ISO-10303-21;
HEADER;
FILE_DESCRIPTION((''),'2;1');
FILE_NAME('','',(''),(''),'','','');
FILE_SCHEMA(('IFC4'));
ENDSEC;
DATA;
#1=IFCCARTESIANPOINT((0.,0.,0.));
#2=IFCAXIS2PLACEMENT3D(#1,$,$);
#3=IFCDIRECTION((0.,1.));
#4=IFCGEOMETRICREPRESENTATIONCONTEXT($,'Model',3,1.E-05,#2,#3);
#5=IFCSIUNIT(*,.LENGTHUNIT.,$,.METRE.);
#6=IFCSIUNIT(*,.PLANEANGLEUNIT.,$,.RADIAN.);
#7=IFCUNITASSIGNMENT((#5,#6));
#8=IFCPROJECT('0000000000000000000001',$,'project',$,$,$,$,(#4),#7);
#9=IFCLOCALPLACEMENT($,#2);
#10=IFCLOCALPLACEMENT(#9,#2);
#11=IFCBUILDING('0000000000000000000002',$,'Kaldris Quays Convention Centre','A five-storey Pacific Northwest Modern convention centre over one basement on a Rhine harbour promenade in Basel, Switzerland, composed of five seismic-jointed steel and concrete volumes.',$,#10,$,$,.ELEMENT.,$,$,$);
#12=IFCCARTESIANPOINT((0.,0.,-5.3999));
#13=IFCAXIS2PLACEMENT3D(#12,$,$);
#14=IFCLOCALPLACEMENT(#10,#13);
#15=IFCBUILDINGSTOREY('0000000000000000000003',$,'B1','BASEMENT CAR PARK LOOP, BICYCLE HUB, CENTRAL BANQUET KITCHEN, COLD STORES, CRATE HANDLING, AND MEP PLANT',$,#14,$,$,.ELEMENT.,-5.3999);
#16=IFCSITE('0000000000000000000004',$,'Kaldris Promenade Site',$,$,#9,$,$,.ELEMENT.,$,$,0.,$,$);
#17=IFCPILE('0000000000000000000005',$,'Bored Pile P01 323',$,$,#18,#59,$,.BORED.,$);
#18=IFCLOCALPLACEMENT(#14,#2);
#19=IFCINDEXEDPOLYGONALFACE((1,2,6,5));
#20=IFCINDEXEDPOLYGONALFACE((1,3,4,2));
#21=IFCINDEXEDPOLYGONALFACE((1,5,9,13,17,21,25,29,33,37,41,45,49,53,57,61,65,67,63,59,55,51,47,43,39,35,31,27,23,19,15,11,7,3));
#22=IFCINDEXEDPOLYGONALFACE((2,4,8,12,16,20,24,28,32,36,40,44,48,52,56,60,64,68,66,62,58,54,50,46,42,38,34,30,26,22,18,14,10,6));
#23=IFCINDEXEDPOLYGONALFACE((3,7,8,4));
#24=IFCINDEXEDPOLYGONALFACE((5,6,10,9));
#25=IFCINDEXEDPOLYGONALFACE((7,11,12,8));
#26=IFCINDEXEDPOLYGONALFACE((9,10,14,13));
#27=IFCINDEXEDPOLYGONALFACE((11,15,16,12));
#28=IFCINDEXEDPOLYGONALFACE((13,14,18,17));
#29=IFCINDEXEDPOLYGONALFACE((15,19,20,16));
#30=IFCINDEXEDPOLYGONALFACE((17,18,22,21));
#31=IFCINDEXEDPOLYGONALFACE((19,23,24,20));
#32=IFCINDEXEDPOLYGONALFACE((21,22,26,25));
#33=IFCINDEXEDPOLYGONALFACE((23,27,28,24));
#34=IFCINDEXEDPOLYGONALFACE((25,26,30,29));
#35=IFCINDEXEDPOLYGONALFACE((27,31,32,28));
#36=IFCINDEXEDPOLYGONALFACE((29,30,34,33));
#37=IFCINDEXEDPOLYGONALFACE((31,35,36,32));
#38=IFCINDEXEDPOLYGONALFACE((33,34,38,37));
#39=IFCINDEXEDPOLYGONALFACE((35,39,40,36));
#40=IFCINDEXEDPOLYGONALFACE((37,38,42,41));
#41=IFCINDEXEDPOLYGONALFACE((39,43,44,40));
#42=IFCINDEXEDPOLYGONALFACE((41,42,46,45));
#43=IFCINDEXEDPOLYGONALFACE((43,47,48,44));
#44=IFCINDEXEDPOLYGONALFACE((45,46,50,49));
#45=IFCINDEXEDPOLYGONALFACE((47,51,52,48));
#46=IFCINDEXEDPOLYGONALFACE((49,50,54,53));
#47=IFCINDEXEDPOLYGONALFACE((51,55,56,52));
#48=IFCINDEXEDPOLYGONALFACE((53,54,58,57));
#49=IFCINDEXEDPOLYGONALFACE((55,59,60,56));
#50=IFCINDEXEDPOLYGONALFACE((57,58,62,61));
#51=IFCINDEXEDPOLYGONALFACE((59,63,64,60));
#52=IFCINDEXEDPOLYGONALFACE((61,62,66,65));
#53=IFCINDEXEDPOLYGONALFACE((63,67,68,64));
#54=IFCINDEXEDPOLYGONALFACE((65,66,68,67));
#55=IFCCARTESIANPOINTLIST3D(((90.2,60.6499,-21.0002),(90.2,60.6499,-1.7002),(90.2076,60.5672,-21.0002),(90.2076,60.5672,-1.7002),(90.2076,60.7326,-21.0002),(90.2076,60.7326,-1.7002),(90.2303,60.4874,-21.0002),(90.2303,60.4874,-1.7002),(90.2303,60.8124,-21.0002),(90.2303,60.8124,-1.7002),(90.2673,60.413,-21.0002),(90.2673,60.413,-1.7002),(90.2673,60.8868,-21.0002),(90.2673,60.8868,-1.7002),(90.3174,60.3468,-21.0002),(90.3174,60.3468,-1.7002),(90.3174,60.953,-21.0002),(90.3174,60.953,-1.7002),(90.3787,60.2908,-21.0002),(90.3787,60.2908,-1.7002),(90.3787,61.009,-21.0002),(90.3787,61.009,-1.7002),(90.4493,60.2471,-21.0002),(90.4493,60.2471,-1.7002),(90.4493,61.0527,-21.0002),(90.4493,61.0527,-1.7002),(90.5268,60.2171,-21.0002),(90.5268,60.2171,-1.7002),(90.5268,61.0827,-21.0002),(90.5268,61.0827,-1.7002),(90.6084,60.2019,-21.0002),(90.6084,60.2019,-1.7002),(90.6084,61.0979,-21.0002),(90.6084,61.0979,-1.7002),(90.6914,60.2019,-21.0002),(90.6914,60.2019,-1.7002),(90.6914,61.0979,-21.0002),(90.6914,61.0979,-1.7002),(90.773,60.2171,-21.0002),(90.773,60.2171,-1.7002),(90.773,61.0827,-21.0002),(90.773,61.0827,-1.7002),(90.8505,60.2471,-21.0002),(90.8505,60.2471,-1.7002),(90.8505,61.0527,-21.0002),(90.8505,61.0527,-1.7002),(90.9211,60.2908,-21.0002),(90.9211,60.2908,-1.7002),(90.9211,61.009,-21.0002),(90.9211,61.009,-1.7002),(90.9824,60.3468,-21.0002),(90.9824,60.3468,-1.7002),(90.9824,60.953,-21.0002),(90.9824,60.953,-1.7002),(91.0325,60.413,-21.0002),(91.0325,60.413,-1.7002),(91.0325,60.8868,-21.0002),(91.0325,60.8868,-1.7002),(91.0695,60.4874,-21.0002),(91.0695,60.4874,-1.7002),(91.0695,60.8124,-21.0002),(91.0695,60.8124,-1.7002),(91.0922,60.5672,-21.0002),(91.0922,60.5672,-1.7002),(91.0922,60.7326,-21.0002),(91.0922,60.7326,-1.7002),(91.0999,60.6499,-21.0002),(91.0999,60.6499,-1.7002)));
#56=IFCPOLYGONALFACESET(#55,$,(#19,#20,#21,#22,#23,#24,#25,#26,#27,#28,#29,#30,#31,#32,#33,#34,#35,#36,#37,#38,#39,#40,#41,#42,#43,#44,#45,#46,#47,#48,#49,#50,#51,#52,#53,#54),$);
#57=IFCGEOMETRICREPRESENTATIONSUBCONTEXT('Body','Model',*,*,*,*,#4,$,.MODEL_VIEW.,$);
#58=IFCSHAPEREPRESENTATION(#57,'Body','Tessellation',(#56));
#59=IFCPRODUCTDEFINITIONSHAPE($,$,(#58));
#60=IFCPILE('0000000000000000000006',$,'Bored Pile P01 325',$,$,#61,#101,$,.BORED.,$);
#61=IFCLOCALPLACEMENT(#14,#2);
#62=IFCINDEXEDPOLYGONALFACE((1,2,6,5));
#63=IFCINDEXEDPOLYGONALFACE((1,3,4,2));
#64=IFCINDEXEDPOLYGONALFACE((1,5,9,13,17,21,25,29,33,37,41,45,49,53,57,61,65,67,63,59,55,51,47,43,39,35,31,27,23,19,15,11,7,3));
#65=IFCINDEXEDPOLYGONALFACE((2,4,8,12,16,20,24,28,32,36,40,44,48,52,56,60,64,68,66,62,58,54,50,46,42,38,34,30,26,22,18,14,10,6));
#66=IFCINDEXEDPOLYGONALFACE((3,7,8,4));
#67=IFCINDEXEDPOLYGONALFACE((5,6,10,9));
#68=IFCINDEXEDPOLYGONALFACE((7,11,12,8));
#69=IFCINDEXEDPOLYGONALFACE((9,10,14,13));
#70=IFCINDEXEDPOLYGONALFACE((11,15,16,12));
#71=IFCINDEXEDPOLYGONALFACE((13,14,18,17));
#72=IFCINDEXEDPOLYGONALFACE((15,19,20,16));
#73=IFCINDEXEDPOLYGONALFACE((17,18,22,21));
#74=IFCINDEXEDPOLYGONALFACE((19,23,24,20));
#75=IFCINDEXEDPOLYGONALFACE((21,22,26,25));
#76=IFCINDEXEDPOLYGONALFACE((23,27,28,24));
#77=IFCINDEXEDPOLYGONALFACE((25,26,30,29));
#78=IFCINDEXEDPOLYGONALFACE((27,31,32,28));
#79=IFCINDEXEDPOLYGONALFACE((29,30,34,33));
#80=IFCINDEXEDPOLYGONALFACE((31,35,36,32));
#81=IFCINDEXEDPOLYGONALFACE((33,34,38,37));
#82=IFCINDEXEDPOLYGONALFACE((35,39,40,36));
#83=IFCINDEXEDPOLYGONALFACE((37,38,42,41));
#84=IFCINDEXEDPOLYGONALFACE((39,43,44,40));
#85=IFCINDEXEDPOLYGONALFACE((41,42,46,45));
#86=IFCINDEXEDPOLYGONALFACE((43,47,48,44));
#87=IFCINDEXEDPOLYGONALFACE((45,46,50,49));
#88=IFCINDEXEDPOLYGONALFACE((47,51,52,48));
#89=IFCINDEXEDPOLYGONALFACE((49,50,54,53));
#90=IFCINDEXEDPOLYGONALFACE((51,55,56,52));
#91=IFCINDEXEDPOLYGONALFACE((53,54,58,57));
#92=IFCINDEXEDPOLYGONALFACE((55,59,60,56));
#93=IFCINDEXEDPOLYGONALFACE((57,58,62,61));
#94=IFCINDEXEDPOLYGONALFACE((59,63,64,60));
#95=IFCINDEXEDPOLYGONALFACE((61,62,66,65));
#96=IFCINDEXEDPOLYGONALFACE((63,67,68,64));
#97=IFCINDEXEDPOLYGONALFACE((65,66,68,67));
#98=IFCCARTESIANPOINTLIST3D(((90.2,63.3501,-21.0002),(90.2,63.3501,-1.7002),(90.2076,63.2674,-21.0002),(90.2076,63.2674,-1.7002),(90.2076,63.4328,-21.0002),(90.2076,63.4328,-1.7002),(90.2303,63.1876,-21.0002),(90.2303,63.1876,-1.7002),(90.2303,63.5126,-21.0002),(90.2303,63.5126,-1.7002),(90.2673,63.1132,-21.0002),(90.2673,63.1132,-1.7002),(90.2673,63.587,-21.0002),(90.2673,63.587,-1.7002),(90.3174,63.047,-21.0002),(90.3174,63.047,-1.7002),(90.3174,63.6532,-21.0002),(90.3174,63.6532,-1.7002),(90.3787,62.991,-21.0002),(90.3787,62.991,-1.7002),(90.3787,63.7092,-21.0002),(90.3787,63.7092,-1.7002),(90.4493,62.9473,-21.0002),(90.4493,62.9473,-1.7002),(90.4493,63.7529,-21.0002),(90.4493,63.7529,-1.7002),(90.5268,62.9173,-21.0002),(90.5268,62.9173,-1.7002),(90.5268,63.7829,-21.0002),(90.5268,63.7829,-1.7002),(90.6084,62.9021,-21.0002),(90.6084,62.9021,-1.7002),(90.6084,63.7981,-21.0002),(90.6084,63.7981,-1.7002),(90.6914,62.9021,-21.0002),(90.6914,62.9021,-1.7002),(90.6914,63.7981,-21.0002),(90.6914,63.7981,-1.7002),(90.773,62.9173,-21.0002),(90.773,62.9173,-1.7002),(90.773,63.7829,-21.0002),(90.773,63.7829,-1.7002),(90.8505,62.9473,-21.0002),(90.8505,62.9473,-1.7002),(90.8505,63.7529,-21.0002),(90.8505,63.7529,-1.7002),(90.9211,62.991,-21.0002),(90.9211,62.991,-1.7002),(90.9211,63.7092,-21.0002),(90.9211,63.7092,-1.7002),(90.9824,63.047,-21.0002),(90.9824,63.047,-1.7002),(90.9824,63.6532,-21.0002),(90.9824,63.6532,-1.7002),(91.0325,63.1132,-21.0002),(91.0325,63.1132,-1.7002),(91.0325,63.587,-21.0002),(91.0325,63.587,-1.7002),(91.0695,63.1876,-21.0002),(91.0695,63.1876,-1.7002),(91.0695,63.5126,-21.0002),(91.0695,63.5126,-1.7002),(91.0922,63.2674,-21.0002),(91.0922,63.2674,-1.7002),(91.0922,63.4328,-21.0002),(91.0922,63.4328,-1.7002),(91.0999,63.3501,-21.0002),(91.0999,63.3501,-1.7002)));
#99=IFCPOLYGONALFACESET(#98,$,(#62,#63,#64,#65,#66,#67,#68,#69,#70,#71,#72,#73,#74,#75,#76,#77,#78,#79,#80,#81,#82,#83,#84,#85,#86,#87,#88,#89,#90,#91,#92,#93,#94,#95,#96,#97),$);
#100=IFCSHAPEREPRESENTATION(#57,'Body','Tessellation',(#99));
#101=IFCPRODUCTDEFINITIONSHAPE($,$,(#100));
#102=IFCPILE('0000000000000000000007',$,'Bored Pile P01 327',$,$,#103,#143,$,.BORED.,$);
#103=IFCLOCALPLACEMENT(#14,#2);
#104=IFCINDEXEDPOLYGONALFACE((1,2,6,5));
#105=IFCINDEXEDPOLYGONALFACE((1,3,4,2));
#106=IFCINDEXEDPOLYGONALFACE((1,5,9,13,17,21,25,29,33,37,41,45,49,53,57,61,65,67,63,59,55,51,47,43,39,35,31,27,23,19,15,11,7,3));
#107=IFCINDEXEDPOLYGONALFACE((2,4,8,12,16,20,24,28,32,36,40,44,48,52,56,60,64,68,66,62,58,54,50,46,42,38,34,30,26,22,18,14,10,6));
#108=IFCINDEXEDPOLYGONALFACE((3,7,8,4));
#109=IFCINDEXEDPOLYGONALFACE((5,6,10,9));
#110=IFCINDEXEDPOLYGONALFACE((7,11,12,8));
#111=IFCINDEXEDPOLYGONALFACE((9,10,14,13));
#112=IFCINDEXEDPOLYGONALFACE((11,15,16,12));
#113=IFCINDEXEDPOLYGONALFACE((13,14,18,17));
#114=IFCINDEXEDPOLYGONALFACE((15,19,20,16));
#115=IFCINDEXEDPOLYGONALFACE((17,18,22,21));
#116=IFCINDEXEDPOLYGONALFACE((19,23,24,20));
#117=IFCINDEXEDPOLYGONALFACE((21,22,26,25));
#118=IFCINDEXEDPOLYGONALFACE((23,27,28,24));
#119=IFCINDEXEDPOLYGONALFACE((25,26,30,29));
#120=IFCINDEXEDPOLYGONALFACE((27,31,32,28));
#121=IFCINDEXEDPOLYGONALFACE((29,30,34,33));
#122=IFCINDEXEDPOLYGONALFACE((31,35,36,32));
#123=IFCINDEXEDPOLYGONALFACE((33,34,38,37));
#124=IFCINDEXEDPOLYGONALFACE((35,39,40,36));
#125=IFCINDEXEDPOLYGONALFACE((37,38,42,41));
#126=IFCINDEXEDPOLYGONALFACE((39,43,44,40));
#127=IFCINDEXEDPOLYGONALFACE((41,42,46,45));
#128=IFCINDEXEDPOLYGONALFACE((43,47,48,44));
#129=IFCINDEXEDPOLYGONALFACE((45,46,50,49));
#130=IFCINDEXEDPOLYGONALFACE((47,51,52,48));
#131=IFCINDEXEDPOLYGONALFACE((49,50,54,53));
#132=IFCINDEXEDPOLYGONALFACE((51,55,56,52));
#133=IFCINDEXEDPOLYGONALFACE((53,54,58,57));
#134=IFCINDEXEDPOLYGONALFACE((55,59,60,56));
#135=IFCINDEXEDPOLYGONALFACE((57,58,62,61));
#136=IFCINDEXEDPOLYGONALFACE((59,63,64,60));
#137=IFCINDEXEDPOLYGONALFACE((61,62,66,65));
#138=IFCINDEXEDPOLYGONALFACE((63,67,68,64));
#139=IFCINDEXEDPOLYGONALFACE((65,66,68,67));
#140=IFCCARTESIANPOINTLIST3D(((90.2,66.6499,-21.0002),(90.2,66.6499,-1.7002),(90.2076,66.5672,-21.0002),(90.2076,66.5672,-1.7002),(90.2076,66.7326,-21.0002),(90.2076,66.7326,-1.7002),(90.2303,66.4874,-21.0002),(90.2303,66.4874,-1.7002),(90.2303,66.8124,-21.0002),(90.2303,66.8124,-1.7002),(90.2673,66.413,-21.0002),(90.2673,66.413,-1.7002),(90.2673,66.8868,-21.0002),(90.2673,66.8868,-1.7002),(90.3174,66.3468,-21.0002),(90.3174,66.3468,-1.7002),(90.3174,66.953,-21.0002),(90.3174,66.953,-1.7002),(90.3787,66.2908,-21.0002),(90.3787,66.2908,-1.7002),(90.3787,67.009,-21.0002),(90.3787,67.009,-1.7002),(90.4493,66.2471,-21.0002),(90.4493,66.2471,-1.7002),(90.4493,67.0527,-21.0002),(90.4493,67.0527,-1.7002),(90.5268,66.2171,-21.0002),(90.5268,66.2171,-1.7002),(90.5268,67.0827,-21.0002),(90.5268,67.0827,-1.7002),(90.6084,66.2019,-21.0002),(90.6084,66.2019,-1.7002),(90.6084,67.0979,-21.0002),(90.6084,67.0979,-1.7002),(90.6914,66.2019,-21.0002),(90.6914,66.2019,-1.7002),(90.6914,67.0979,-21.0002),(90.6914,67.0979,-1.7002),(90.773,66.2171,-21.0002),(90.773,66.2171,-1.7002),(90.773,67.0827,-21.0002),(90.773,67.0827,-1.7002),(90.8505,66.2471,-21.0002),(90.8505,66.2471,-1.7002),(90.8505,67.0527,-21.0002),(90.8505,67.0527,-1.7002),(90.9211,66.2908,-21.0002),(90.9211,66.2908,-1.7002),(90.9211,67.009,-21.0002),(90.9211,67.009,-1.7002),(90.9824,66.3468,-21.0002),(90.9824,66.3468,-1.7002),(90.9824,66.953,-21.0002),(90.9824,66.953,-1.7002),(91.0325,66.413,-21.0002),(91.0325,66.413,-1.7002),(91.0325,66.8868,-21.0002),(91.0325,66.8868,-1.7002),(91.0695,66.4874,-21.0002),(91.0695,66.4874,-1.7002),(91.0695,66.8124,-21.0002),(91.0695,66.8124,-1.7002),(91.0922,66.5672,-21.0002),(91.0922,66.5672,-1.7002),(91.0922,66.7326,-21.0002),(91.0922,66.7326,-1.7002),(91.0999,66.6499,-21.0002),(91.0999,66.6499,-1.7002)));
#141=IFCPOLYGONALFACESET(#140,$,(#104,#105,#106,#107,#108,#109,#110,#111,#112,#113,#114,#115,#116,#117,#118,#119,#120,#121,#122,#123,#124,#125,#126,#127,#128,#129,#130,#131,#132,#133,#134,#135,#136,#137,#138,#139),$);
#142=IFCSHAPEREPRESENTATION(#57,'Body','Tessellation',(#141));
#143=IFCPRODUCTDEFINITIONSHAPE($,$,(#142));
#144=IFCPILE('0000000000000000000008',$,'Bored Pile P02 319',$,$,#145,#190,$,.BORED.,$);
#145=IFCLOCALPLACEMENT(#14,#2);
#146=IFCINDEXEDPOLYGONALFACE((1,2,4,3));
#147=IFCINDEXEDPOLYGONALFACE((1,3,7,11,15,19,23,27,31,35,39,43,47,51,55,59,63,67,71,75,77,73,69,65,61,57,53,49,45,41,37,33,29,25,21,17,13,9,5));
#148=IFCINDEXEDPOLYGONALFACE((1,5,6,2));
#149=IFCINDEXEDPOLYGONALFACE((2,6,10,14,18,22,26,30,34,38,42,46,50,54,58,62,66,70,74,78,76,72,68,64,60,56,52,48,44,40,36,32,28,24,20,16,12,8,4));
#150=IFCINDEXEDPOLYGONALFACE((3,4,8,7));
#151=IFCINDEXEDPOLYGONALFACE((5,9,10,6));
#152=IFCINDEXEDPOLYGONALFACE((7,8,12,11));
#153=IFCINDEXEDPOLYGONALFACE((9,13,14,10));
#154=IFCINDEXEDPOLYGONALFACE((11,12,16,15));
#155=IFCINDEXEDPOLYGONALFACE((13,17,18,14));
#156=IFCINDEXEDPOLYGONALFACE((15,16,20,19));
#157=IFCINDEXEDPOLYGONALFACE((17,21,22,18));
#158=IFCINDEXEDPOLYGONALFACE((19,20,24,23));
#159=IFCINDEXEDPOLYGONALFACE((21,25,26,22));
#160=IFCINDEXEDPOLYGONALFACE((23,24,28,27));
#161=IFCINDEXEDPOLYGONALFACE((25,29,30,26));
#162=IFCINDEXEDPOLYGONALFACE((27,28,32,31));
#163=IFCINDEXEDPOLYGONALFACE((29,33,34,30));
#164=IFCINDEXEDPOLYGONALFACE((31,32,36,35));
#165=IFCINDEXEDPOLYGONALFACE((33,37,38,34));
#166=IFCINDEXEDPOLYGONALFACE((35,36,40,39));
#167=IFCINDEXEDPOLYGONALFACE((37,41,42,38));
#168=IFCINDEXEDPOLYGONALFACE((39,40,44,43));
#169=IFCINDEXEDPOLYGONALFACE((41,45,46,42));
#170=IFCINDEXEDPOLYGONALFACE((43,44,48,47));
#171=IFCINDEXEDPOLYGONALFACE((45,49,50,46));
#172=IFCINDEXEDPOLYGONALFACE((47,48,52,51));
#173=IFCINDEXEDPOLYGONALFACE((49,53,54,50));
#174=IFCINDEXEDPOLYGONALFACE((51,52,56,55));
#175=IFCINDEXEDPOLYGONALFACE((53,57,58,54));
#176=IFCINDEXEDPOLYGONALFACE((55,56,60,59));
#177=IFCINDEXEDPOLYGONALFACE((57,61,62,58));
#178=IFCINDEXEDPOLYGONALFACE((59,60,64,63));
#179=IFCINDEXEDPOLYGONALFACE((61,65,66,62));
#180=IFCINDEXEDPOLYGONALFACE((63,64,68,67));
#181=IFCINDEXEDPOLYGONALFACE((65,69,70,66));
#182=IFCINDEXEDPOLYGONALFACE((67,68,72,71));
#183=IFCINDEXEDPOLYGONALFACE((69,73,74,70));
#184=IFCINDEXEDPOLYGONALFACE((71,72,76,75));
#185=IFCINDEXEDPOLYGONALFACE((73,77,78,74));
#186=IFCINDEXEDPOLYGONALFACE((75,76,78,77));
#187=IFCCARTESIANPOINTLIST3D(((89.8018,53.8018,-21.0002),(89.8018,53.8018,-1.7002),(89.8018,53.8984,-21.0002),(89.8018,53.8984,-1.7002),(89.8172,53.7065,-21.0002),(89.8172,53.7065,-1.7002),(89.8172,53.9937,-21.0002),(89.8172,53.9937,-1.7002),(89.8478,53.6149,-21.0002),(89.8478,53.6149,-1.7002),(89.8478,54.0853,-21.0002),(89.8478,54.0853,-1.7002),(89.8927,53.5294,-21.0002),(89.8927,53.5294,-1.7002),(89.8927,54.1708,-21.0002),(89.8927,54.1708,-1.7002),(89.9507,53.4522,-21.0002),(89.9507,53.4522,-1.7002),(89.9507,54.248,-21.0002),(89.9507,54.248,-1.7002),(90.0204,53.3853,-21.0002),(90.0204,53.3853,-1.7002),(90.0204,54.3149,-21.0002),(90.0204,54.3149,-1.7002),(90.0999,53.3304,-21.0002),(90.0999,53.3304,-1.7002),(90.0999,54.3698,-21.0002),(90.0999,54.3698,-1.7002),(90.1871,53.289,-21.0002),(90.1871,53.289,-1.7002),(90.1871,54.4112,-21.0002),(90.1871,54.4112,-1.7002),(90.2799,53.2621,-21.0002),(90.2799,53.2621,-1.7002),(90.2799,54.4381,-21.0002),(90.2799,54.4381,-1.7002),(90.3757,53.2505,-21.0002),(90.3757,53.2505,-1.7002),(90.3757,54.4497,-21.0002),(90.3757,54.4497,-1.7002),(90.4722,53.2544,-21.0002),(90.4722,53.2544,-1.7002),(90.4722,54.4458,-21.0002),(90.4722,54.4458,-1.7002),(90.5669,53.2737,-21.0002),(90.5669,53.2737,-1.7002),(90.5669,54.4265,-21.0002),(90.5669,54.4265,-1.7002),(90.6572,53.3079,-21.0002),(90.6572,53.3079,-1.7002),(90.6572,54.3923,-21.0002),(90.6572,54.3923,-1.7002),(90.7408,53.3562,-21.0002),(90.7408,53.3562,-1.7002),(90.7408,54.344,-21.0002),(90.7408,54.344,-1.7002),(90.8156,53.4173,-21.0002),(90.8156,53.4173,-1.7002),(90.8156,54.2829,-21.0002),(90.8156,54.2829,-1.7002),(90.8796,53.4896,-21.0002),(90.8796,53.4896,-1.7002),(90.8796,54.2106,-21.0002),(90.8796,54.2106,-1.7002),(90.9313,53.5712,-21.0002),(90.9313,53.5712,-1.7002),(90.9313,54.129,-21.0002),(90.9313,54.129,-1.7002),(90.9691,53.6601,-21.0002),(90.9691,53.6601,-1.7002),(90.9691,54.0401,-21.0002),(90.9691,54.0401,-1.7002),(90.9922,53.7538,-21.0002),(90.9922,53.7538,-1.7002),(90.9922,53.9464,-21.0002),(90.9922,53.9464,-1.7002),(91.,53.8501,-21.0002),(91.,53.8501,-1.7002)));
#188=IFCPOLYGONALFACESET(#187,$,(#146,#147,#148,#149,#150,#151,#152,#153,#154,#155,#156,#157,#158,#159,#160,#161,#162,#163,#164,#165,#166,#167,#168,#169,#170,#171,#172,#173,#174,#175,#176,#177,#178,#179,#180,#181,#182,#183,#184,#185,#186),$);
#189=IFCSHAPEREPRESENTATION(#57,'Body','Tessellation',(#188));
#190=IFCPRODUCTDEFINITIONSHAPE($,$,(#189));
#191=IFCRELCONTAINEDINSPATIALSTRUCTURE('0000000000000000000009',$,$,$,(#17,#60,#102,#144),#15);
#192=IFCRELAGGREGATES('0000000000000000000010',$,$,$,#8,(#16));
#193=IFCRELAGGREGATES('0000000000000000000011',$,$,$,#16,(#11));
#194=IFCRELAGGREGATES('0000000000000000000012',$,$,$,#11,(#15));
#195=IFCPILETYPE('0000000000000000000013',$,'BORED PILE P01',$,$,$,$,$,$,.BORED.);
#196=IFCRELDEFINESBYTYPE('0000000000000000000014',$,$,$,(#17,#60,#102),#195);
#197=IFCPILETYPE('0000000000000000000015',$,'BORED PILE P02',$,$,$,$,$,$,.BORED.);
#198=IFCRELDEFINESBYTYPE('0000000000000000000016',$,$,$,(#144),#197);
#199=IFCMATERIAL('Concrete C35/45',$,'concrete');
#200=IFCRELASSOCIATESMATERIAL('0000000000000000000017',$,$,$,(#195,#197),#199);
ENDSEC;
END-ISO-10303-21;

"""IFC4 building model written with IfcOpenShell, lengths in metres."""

from ifc_helpers import new_model, si_unit, direction, frame, origin, origin_2d, place, context, subcontext, project, spatial, circle, extrude, material, material_profile, profile_set, type_object, element, save


model = new_model("IFC4")

# Units and contexts
model_context = context("Model", 3, precision=1e-05, world=origin(), true_north=direction((0.0, 1.0)))
body_context = subcontext(model_context, "Body", "Model", "MODEL_VIEW")
ifc_project = project(units=[si_unit("LENGTHUNIT", "METRE"), si_unit("PLANEANGLEUNIT", "RADIAN")], contexts=[model_context])

# Site, building, storey
site_placement = place(None, origin())
site = spatial("IfcSite", under=ifc_project, at=site_placement, Name="Kaldris Promenade Site", CompositionType="ELEMENT", RefElevation=0.0)
building_placement = place(site_placement, origin())
building = spatial("IfcBuilding", under=site, at=building_placement, Name="Kaldris Quays Convention Centre", Description="A five-storey Pacific Northwest Modern convention centre over one basement on a Rhine harbour promenade in Basel, Switzerland, composed of five seismic-jointed steel and concrete volumes.", CompositionType="ELEMENT")
storey_placement = place(building_placement, frame((0.0, 0.0, -5.3999)))
storey = spatial("IfcBuildingStorey", under=building, at=storey_placement, Name="B1", Description="BASEMENT CAR PARK LOOP, BICYCLE HUB, CENTRAL BANQUET KITCHEN, COLD STORES, CRATE HANDLING, AND MEP PLANT", CompositionType="ELEMENT", Elevation=-5.3999)

# Piles
ifc_material_1 = material(Name="Concrete C35/45", Category="concrete")
ifc_material_profile_1 = material_profile(ifc_material_1, circle(Radius=0.45, at=origin_2d()), Name="BORED PILE D900")
ifc_profile_set_1 = profile_set([ifc_material_profile_1], Name="Concrete C35/45")
pile_type_1 = type_object("IfcPileType", Name="BORED PILE P01", PredefinedType="BORED", material=ifc_profile_set_1)
for number, where, z_axis, x_axis, name in (
    (1, (90.6499, 60.6499, -1.7002), (0.0, 0.0, -1.0), (1.0, 0.0, 0.0), "Bored Pile P01 323"),
    (2, (90.6499, 63.3501, -1.7002), (0.0, 0.0, -1.0), (1.0, 0.0, 0.0), "Bored Pile P01 325"),
    (3, (90.6499, 66.6499, -1.7002), (0.0, 0.0, -1.0), (1.0, 0.0, 0.0), "Bored Pile P01 327"),
):
    element("IfcPile", number, at=place(storey_placement, frame(where, z_axis=z_axis, x_axis=x_axis)), inside=storey, type_object=pile_type_1, Name=name, PredefinedType="BORED", context=body_context, shape_type="SweptSolid", body=[
        extrude(circle(Radius=0.45, at=origin_2d()), origin(), (0.0, 0.0, 1.0), 19.3),
    ])
ifc_material_profile_2 = material_profile(ifc_material_1, circle(Radius=0.6001, at=origin_2d()), Name="BORED PILE D1200")
ifc_profile_set_2 = profile_set([ifc_material_profile_2], Name="Concrete C35/45")
pile_type_2 = type_object("IfcPileType", Name="BORED PILE P02", PredefinedType="BORED", material=ifc_profile_set_2)
for number, where, z_axis, x_axis, name in (
    (4, (90.3999, 53.8501, -1.7002), (0.0, 0.0, -1.0), (1.0, 0.0, 0.0), "Bored Pile P02 319"),
):
    element("IfcPile", number, at=place(storey_placement, frame(where, z_axis=z_axis, x_axis=x_axis)), inside=storey, type_object=pile_type_2, Name=name, PredefinedType="BORED", context=body_context, shape_type="SweptSolid", body=[
        extrude(circle(Radius=0.6001, at=origin_2d()), origin(), (0.0, 0.0, 1.0), 19.3),
    ])

save(model, "model.ifc")
